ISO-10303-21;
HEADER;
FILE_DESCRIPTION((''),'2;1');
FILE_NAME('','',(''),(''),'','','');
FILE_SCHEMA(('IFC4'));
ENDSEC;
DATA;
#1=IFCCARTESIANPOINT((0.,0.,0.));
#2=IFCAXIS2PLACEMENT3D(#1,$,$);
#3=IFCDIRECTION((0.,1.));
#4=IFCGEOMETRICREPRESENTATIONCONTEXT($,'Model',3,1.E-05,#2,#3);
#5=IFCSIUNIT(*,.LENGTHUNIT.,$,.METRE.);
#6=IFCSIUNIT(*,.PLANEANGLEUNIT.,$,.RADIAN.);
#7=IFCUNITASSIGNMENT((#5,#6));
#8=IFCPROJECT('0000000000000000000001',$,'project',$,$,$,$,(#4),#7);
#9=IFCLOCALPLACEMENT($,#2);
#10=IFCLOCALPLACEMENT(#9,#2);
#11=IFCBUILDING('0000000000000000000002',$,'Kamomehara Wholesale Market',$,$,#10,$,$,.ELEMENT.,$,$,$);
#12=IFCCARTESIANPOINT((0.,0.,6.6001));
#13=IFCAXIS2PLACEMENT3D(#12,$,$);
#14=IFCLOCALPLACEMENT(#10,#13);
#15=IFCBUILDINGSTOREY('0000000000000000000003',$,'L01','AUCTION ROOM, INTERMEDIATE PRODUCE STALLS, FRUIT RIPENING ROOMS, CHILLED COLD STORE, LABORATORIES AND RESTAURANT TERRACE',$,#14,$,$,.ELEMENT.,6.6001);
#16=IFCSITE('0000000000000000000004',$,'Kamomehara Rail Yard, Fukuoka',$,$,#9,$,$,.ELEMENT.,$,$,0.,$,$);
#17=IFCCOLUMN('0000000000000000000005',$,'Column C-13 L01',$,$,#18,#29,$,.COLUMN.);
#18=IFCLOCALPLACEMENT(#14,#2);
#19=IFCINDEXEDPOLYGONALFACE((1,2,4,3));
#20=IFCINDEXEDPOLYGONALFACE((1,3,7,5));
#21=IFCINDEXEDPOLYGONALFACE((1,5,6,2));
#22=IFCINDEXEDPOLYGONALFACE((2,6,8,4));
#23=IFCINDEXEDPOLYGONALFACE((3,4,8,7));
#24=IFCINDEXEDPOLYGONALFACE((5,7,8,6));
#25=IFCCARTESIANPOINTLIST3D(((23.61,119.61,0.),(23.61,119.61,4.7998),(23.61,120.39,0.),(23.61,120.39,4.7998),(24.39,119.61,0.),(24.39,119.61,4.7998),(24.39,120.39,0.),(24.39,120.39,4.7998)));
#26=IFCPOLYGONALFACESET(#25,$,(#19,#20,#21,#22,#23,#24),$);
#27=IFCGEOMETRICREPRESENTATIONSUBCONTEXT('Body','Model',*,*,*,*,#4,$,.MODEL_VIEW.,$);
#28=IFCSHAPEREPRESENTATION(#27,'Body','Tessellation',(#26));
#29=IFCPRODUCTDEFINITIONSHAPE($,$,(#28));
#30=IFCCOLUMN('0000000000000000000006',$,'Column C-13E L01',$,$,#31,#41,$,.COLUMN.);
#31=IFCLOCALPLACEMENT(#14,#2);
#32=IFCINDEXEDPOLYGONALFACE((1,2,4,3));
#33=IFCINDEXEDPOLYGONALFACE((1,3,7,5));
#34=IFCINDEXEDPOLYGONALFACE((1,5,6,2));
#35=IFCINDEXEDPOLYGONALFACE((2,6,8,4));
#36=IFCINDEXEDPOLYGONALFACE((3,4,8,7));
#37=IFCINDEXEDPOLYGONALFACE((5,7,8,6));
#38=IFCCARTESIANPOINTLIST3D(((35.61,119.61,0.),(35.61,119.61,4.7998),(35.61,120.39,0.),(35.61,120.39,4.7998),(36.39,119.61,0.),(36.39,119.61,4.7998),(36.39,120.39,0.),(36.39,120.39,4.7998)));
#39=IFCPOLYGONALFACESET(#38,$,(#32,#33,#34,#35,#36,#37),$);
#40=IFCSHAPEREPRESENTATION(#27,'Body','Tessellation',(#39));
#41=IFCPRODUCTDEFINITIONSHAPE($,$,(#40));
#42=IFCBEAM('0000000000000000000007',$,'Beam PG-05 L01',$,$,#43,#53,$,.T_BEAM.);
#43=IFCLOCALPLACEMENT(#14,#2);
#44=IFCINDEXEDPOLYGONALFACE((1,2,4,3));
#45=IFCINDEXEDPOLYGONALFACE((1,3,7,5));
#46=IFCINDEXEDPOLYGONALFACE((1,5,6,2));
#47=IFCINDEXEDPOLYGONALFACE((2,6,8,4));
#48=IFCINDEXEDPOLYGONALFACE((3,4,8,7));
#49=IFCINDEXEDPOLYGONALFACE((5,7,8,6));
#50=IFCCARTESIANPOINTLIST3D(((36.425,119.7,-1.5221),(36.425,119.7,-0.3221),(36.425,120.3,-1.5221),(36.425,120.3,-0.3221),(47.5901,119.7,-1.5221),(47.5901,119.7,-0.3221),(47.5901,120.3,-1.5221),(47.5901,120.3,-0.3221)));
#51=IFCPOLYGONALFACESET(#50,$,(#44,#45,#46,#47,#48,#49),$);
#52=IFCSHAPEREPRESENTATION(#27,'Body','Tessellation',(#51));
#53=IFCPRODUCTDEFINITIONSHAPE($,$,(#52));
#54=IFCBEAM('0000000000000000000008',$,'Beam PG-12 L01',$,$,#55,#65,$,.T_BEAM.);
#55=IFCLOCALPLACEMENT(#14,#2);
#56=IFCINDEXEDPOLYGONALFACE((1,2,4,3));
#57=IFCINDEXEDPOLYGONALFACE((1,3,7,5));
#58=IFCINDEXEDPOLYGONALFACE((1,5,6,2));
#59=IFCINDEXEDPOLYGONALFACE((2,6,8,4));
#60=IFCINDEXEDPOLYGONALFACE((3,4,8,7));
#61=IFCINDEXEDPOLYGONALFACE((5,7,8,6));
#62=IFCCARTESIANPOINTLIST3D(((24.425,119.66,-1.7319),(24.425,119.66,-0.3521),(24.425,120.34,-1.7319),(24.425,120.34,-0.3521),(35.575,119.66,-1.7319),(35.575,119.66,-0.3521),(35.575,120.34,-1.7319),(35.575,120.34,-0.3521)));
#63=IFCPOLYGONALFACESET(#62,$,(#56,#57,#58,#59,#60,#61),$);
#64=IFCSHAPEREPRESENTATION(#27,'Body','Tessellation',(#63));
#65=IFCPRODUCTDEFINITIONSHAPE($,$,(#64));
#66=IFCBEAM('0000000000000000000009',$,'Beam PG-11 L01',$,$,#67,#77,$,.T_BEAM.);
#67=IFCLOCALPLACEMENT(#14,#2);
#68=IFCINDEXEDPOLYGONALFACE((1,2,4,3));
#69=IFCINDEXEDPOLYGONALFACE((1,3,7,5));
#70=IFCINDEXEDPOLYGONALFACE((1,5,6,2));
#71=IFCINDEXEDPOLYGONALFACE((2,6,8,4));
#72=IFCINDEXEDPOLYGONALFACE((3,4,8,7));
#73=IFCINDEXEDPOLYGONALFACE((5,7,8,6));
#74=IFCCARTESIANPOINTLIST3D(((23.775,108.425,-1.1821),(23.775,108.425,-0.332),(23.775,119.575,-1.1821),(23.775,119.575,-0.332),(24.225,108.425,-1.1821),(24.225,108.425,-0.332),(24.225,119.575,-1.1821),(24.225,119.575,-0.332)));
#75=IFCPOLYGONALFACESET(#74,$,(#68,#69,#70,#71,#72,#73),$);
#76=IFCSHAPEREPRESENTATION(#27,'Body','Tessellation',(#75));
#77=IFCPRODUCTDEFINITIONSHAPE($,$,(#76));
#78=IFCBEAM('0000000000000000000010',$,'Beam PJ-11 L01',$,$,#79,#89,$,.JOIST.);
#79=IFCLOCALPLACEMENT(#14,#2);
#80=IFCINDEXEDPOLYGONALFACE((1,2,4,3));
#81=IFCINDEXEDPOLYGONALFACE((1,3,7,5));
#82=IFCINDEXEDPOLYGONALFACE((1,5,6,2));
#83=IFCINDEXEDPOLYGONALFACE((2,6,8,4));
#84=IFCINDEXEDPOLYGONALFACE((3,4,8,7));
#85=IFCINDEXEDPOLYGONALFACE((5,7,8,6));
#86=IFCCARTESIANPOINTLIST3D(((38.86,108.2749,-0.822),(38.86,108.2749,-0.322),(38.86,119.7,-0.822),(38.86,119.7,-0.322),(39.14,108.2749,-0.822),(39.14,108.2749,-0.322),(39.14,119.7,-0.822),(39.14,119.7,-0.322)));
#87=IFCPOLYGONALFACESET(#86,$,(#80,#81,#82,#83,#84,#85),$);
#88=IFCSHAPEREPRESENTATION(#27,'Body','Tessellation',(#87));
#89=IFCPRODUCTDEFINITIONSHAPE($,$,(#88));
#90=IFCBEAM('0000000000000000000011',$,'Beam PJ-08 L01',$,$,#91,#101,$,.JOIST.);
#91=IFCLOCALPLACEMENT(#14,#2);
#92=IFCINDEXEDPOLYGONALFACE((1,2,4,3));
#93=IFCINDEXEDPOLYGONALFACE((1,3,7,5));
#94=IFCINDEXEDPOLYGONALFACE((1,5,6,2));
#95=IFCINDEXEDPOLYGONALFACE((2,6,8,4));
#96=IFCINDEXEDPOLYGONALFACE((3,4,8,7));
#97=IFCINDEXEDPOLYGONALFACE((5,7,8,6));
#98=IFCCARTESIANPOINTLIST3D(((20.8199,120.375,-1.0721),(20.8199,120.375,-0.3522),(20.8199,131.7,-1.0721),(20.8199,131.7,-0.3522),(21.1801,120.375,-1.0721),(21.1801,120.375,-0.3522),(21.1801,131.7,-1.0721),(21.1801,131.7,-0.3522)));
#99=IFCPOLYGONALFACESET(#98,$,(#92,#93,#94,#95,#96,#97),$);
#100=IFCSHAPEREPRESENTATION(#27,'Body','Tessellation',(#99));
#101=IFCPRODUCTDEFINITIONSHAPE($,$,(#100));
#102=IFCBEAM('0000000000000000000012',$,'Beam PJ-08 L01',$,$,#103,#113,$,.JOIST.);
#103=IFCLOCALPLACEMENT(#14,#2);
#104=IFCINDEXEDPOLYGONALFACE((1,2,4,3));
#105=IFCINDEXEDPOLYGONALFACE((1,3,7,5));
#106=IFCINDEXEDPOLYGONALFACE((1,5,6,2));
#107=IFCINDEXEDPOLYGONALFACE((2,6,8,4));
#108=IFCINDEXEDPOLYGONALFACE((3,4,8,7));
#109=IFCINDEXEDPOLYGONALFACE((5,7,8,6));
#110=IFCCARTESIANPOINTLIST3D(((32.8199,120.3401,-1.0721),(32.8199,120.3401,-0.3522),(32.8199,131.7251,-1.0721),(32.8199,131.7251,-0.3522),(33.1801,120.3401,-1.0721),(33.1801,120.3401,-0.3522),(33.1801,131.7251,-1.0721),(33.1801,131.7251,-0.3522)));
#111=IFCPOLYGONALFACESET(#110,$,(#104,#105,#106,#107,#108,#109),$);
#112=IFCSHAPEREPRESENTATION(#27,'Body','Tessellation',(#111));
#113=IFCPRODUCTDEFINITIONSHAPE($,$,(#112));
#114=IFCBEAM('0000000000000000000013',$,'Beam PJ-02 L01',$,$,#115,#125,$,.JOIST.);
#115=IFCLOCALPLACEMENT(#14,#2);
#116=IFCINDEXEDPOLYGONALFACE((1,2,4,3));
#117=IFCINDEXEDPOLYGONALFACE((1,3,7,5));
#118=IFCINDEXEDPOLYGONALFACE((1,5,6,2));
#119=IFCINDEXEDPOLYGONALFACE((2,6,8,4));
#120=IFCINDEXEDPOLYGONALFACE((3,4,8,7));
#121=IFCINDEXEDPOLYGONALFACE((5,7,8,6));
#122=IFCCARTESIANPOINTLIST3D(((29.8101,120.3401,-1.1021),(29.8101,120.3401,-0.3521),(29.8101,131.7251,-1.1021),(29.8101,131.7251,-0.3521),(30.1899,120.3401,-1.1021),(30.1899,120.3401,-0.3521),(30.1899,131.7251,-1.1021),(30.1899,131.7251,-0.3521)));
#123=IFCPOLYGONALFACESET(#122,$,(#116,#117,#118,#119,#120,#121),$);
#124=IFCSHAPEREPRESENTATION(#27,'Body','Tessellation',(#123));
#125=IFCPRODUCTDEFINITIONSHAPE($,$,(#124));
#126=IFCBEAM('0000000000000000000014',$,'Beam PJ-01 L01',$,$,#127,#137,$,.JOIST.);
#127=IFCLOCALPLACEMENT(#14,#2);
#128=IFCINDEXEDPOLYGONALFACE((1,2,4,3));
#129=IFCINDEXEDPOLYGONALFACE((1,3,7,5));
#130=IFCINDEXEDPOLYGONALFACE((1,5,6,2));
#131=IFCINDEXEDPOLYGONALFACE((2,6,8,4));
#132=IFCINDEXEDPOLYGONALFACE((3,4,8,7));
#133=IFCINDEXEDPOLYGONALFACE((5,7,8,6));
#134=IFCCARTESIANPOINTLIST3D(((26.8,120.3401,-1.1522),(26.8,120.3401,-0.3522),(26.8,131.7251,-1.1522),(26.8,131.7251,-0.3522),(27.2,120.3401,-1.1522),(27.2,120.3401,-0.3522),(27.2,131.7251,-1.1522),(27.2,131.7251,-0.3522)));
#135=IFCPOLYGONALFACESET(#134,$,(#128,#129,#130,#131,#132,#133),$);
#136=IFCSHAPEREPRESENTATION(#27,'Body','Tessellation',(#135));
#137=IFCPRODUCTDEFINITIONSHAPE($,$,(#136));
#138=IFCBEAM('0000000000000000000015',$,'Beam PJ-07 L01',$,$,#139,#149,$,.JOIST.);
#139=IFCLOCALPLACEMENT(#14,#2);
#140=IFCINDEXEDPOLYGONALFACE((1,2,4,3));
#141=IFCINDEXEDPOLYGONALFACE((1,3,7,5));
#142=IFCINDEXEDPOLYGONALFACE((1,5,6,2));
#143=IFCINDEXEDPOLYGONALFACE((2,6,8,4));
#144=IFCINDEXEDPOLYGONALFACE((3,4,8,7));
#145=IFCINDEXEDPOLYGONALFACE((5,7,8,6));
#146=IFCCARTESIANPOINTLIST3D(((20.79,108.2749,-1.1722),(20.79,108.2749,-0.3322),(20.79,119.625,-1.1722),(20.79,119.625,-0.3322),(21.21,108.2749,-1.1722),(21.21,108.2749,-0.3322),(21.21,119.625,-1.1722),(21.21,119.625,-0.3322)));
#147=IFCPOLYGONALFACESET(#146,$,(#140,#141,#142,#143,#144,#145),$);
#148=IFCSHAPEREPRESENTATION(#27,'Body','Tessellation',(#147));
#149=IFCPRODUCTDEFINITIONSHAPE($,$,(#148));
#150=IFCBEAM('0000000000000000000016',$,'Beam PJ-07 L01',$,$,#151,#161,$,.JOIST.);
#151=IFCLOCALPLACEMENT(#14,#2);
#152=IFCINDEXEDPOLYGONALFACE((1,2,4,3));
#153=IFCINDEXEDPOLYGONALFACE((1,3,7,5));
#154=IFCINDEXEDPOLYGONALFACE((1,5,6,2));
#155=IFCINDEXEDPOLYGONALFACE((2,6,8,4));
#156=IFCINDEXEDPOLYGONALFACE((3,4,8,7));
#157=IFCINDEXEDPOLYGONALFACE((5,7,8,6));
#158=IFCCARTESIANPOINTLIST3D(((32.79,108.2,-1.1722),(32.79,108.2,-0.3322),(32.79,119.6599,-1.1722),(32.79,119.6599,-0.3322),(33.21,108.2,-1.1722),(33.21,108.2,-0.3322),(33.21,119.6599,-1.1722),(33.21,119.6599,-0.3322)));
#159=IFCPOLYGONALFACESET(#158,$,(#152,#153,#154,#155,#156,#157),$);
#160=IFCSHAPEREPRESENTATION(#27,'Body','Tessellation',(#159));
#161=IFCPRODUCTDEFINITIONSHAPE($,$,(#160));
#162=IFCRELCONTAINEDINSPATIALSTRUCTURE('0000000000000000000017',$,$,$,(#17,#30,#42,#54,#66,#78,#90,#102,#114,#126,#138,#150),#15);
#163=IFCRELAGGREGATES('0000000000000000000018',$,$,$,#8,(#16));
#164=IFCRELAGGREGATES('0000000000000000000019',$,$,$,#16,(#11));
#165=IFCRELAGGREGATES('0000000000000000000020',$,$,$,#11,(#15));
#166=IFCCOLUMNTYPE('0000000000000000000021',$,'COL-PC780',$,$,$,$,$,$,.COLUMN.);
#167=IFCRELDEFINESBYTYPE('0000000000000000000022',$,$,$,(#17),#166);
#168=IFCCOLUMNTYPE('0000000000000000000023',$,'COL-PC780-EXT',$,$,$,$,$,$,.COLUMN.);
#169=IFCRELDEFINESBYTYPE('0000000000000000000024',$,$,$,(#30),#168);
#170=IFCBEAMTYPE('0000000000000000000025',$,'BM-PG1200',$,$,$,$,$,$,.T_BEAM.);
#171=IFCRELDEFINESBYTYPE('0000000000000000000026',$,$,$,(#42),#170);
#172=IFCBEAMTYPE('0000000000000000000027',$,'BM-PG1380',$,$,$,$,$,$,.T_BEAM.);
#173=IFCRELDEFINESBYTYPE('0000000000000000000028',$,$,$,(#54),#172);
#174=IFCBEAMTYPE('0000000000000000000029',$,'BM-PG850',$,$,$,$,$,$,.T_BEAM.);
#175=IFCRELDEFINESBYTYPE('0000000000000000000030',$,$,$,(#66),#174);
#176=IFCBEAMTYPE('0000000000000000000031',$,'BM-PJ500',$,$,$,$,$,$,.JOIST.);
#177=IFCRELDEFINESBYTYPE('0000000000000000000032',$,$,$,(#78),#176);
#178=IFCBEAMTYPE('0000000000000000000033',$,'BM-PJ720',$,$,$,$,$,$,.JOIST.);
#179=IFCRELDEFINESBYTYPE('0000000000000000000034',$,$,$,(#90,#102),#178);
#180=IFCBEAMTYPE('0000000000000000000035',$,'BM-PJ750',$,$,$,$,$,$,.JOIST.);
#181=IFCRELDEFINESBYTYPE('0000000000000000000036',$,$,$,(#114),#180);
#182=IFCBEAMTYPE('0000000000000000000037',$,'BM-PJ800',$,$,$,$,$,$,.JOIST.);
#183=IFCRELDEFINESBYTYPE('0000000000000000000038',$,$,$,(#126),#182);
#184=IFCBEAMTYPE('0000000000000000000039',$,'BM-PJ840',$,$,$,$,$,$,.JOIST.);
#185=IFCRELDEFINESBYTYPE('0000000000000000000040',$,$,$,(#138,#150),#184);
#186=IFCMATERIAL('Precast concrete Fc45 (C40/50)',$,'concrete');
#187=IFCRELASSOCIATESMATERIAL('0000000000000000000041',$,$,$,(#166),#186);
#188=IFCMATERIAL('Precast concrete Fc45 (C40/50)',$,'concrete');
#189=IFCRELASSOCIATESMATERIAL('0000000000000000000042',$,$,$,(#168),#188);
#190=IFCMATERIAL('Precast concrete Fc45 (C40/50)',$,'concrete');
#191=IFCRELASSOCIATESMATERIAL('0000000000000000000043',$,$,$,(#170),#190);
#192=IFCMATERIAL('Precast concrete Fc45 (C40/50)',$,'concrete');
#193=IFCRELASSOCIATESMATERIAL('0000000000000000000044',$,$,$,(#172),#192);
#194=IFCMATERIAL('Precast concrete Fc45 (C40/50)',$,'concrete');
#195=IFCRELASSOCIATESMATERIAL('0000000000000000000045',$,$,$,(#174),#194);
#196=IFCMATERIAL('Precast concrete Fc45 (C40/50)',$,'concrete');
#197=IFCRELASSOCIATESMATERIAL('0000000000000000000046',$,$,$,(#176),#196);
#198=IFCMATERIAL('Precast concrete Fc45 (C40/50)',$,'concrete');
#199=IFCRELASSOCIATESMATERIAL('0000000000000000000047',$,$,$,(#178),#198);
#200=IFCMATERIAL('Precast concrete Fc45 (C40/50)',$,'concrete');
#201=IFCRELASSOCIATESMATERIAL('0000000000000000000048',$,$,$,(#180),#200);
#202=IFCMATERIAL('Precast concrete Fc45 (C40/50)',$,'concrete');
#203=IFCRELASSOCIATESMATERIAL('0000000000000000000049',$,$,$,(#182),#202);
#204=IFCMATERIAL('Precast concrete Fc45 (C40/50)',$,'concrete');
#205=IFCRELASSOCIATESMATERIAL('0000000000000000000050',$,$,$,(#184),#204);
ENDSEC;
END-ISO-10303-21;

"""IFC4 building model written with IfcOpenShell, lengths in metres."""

from ifc_helpers import new_model, si_unit, direction, frame, origin, origin_2d, place, context, subcontext, project, spatial, rectangle, extrude, material, material_profile, profile_set, type_object, element, save


model = new_model("IFC4")

# Units and contexts
model_context = context("Model", 3, precision=1e-05, world=origin(), true_north=direction((0.0, 1.0)))
body_context = subcontext(model_context, "Body", "Model", "MODEL_VIEW")
ifc_project = project(units=[si_unit("LENGTHUNIT", "METRE"), si_unit("PLANEANGLEUNIT", "RADIAN")], contexts=[model_context])

# Site, building, storey
site_placement = place(None, origin())
site = spatial("IfcSite", under=ifc_project, at=site_placement, Name="Kamomehara Rail Yard, Fukuoka", CompositionType="ELEMENT", RefElevation=0.0)
building_placement = place(site_placement, origin())
building = spatial("IfcBuilding", under=site, at=building_placement, Name="Kamomehara Wholesale Market", CompositionType="ELEMENT")
storey_placement = place(building_placement, frame((0.0, 0.0, 6.6001)))
storey = spatial("IfcBuildingStorey", under=building, at=storey_placement, Name="L01", Description="AUCTION ROOM, INTERMEDIATE PRODUCE STALLS, FRUIT RIPENING ROOMS, CHILLED COLD STORE, LABORATORIES AND RESTAURANT TERRACE", CompositionType="ELEMENT", Elevation=6.6001)

# Columns
ifc_material_1 = material(Name="Precast concrete Fc45 (C40/50)", Category="concrete")
ifc_material_profile_1 = material_profile(ifc_material_1, rectangle(XDim=0.78, YDim=0.78, at=origin_2d()), Name="PC-COL-780x780")
ifc_profile_set_1 = profile_set([ifc_material_profile_1], Name="Precast concrete Fc45 (C40/50)")
column_type_1 = type_object("IfcColumnType", Name="COL-PC780", PredefinedType="COLUMN", material=ifc_profile_set_1)
column_1_placement = place(storey_placement, frame((24.0, 120.0, 0.0), z_axis=(0.0, 0.0, 1.0), x_axis=(1.0, 0.0, 0.0)))
element("IfcColumn", 1, at=column_1_placement, inside=storey, type_object=column_type_1, Name="Column C-13 L01", PredefinedType="COLUMN", context=body_context, shape_type="SweptSolid", body=[
    extrude(rectangle(XDim=0.78, YDim=0.78, at=origin_2d()), origin(), (0.0, 0.0, 1.0), 4.7998),
])
ifc_material_2 = material(Name="Precast concrete Fc45 (C40/50)", Category="concrete")
ifc_material_profile_2 = material_profile(ifc_material_2, rectangle(XDim=0.78, YDim=0.78, at=origin_2d()), Name="PC-COL-780x780")
ifc_profile_set_2 = profile_set([ifc_material_profile_2], Name="Precast concrete Fc45 (C40/50)")
column_type_2 = type_object("IfcColumnType", Name="COL-PC780-EXT", PredefinedType="COLUMN", material=ifc_profile_set_2)
column_2_placement = place(storey_placement, frame((36.0, 120.0, 0.0), z_axis=(0.0, 0.0, 1.0), x_axis=(1.0, 0.0, 0.0)))
element("IfcColumn", 2, at=column_2_placement, inside=storey, type_object=column_type_2, Name="Column C-13E L01", PredefinedType="COLUMN", context=body_context, shape_type="SweptSolid", body=[
    extrude(rectangle(XDim=0.78, YDim=0.78, at=origin_2d()), origin(), (0.0, 0.0, 1.0), 4.7998),
])

# Beams
ifc_material_3 = material(Name="Precast concrete Fc45 (C40/50)", Category="concrete")
ifc_material_profile_3 = material_profile(ifc_material_3, rectangle(XDim=0.6001, YDim=1.2, at=origin_2d()), Name="PC-GRD-600x1200")
ifc_profile_set_3 = profile_set([ifc_material_profile_3], Name="Precast concrete Fc45 (C40/50)")
beam_type_1 = type_object("IfcBeamType", Name="BM-PG1200", PredefinedType="T_BEAM", material=ifc_profile_set_3)
beam_1_placement = place(storey_placement, frame((36.425, 120.0, -0.9221), z_axis=(1.0, 0.0, 0.0), x_axis=(0.0, 1.0, 0.0)))
element("IfcBeam", 3, at=beam_1_placement, inside=storey, type_object=beam_type_1, Name="Beam PG-05 L01", PredefinedType="T_BEAM", context=body_context, shape_type="SweptSolid", body=[
    extrude(rectangle(XDim=0.6001, YDim=1.2, at=origin_2d()), origin(), (0.0, 0.0, 1.0), 11.165),
])
ifc_material_4 = material(Name="Precast concrete Fc45 (C40/50)", Category="concrete")
ifc_material_profile_4 = material_profile(ifc_material_4, rectangle(XDim=0.6799, YDim=1.3799, at=origin_2d()), Name="PC-GRD-680x1380")
ifc_profile_set_4 = profile_set([ifc_material_profile_4], Name="Precast concrete Fc45 (C40/50)")
beam_type_2 = type_object("IfcBeamType", Name="BM-PG1380", PredefinedType="T_BEAM", material=ifc_profile_set_4)
beam_2_placement = place(storey_placement, frame((24.425, 120.0, -1.042), z_axis=(1.0, 0.0, 0.0), x_axis=(0.0, 1.0, 0.0)))
element("IfcBeam", 4, at=beam_2_placement, inside=storey, type_object=beam_type_2, Name="Beam PG-12 L01", PredefinedType="T_BEAM", context=body_context, shape_type="SweptSolid", body=[
    extrude(rectangle(XDim=0.6799, YDim=1.3799, at=origin_2d()), origin(), (0.0, 0.0, 1.0), 11.1499),
])
ifc_material_5 = material(Name="Precast concrete Fc45 (C40/50)", Category="concrete")
ifc_material_profile_5 = material_profile(ifc_material_5, rectangle(XDim=0.45, YDim=0.8501, at=origin_2d()), Name="PC-GRD-450x850")
ifc_profile_set_5 = profile_set([ifc_material_profile_5], Name="Precast concrete Fc45 (C40/50)")
beam_type_3 = type_object("IfcBeamType", Name="BM-PG850", PredefinedType="T_BEAM", material=ifc_profile_set_5)
beam_3_placement = place(storey_placement, frame((24.0, 108.425, -0.7571), z_axis=(0.0, 1.0, 0.0), x_axis=(-1.0, 0.0, 0.0)))
element("IfcBeam", 5, at=beam_3_placement, inside=storey, type_object=beam_type_3, Name="Beam PG-11 L01", PredefinedType="T_BEAM", context=body_context, shape_type="SweptSolid", body=[
    extrude(rectangle(XDim=0.45, YDim=0.8501, at=origin_2d()), origin(), (0.0, 0.0, 1.0), 11.1499),
])
ifc_material_6 = material(Name="Precast concrete Fc45 (C40/50)", Category="concrete")
ifc_material_profile_6 = material_profile(ifc_material_6, rectangle(XDim=0.28, YDim=0.5, at=origin_2d()), Name="PC-JST-280x500")
ifc_profile_set_6 = profile_set([ifc_material_profile_6], Name="Precast concrete Fc45 (C40/50)")
beam_type_4 = type_object("IfcBeamType", Name="BM-PJ500", PredefinedType="JOIST", material=ifc_profile_set_6)
beam_4_placement = place(storey_placement, frame((39.0, 108.2749, -0.572), z_axis=(0.0, 1.0, 0.0), x_axis=(-1.0, 0.0, 0.0)))
element("IfcBeam", 6, at=beam_4_placement, inside=storey, type_object=beam_type_4, Name="Beam PJ-11 L01", PredefinedType="JOIST", context=body_context, shape_type="SweptSolid", body=[
    extrude(rectangle(XDim=0.28, YDim=0.5, at=origin_2d()), origin(), (0.0, 0.0, 1.0), 11.425),
])
ifc_material_7 = material(Name="Precast concrete Fc45 (C40/50)", Category="concrete")
ifc_material_profile_7 = material_profile(ifc_material_7, rectangle(XDim=0.3601, YDim=0.72, at=origin_2d()), Name="PC-JST-360x720")
ifc_profile_set_7 = profile_set([ifc_material_profile_7], Name="Precast concrete Fc45 (C40/50)")
beam_type_5 = type_object("IfcBeamType", Name="BM-PJ720", PredefinedType="JOIST", material=ifc_profile_set_7)
beam_5_placement = place(storey_placement, frame((21.0, 120.375, -0.7122), z_axis=(0.0, 1.0, 0.0), x_axis=(-1.0, 0.0, 0.0)))
element("IfcBeam", 7, at=beam_5_placement, inside=storey, type_object=beam_type_5, Name="Beam PJ-08 L01", PredefinedType="JOIST", context=body_context, shape_type="SweptSolid", body=[
    extrude(rectangle(XDim=0.3601, YDim=0.72, at=origin_2d()), origin(), (0.0, 0.0, 1.0), 11.325),
])
beam_6_placement = place(storey_placement, frame((33.0, 120.3401, -0.7122), z_axis=(0.0, 1.0, 0.0), x_axis=(-1.0, 0.0, 0.0)))
element("IfcBeam", 8, at=beam_6_placement, inside=storey, type_object=beam_type_5, Name="Beam PJ-08 L01", PredefinedType="JOIST", context=body_context, shape_type="SweptSolid", body=[
    extrude(rectangle(XDim=0.3601, YDim=0.72, at=origin_2d()), origin(), (0.0, 0.0, 1.0), 11.385),
])
ifc_material_8 = material(Name="Precast concrete Fc45 (C40/50)", Category="concrete")
ifc_material_profile_8 = material_profile(ifc_material_8, rectangle(XDim=0.3799, YDim=0.75, at=origin_2d()), Name="PC-JST-380x750")
ifc_profile_set_8 = profile_set([ifc_material_profile_8], Name="Precast concrete Fc45 (C40/50)")
beam_type_6 = type_object("IfcBeamType", Name="BM-PJ750", PredefinedType="JOIST", material=ifc_profile_set_8)
beam_7_placement = place(storey_placement, frame((30.0, 120.3401, -0.7271), z_axis=(0.0, 1.0, 0.0), x_axis=(-1.0, 0.0, 0.0)))
element("IfcBeam", 9, at=beam_7_placement, inside=storey, type_object=beam_type_6, Name="Beam PJ-02 L01", PredefinedType="JOIST", context=body_context, shape_type="SweptSolid", body=[
    extrude(rectangle(XDim=0.3799, YDim=0.75, at=origin_2d()), origin(), (0.0, 0.0, 1.0), 11.385),
])
ifc_material_9 = material(Name="Precast concrete Fc45 (C40/50)", Category="concrete")
ifc_material_profile_9 = material_profile(ifc_material_9, rectangle(XDim=0.3999, YDim=0.8, at=origin_2d()), Name="PC-JST-400x800")
ifc_profile_set_9 = profile_set([ifc_material_profile_9], Name="Precast concrete Fc45 (C40/50)")
beam_type_7 = type_object("IfcBeamType", Name="BM-PJ800", PredefinedType="JOIST", material=ifc_profile_set_9)
beam_8_placement = place(storey_placement, frame((27.0, 120.3401, -0.7522), z_axis=(0.0, 1.0, 0.0), x_axis=(-1.0, 0.0, 0.0)))
element("IfcBeam", 10, at=beam_8_placement, inside=storey, type_object=beam_type_7, Name="Beam PJ-01 L01", PredefinedType="JOIST", context=body_context, shape_type="SweptSolid", body=[
    extrude(rectangle(XDim=0.3999, YDim=0.8, at=origin_2d()), origin(), (0.0, 0.0, 1.0), 11.385),
])
ifc_material_10 = material(Name="Precast concrete Fc45 (C40/50)", Category="concrete")
ifc_material_profile_10 = material_profile(ifc_material_10, rectangle(XDim=0.4199, YDim=0.8401, at=origin_2d()), Name="PC-JST-420x840")
ifc_profile_set_10 = profile_set([ifc_material_profile_10], Name="Precast concrete Fc45 (C40/50)")
beam_type_8 = type_object("IfcBeamType", Name="BM-PJ840", PredefinedType="JOIST", material=ifc_profile_set_10)
beam_9_placement = place(storey_placement, frame((21.0, 108.2749, -0.7522), z_axis=(0.0, 1.0, 0.0), x_axis=(-1.0, 0.0, 0.0)))
element("IfcBeam", 11, at=beam_9_placement, inside=storey, type_object=beam_type_8, Name="Beam PJ-07 L01", PredefinedType="JOIST", context=body_context, shape_type="SweptSolid", body=[
    extrude(rectangle(XDim=0.4199, YDim=0.8401, at=origin_2d()), origin(), (0.0, 0.0, 1.0), 11.3501),
])
beam_10_placement = place(storey_placement, frame((33.0, 108.2, -0.7522), z_axis=(0.0, 1.0, 0.0), x_axis=(-1.0, 0.0, 0.0)))
element("IfcBeam", 12, at=beam_10_placement, inside=storey, type_object=beam_type_8, Name="Beam PJ-07 L01", PredefinedType="JOIST", context=body_context, shape_type="SweptSolid", body=[
    extrude(rectangle(XDim=0.4199, YDim=0.8401, at=origin_2d()), origin(), (0.0, 0.0, 1.0), 11.46),
])

save(model, "model.ifc")
